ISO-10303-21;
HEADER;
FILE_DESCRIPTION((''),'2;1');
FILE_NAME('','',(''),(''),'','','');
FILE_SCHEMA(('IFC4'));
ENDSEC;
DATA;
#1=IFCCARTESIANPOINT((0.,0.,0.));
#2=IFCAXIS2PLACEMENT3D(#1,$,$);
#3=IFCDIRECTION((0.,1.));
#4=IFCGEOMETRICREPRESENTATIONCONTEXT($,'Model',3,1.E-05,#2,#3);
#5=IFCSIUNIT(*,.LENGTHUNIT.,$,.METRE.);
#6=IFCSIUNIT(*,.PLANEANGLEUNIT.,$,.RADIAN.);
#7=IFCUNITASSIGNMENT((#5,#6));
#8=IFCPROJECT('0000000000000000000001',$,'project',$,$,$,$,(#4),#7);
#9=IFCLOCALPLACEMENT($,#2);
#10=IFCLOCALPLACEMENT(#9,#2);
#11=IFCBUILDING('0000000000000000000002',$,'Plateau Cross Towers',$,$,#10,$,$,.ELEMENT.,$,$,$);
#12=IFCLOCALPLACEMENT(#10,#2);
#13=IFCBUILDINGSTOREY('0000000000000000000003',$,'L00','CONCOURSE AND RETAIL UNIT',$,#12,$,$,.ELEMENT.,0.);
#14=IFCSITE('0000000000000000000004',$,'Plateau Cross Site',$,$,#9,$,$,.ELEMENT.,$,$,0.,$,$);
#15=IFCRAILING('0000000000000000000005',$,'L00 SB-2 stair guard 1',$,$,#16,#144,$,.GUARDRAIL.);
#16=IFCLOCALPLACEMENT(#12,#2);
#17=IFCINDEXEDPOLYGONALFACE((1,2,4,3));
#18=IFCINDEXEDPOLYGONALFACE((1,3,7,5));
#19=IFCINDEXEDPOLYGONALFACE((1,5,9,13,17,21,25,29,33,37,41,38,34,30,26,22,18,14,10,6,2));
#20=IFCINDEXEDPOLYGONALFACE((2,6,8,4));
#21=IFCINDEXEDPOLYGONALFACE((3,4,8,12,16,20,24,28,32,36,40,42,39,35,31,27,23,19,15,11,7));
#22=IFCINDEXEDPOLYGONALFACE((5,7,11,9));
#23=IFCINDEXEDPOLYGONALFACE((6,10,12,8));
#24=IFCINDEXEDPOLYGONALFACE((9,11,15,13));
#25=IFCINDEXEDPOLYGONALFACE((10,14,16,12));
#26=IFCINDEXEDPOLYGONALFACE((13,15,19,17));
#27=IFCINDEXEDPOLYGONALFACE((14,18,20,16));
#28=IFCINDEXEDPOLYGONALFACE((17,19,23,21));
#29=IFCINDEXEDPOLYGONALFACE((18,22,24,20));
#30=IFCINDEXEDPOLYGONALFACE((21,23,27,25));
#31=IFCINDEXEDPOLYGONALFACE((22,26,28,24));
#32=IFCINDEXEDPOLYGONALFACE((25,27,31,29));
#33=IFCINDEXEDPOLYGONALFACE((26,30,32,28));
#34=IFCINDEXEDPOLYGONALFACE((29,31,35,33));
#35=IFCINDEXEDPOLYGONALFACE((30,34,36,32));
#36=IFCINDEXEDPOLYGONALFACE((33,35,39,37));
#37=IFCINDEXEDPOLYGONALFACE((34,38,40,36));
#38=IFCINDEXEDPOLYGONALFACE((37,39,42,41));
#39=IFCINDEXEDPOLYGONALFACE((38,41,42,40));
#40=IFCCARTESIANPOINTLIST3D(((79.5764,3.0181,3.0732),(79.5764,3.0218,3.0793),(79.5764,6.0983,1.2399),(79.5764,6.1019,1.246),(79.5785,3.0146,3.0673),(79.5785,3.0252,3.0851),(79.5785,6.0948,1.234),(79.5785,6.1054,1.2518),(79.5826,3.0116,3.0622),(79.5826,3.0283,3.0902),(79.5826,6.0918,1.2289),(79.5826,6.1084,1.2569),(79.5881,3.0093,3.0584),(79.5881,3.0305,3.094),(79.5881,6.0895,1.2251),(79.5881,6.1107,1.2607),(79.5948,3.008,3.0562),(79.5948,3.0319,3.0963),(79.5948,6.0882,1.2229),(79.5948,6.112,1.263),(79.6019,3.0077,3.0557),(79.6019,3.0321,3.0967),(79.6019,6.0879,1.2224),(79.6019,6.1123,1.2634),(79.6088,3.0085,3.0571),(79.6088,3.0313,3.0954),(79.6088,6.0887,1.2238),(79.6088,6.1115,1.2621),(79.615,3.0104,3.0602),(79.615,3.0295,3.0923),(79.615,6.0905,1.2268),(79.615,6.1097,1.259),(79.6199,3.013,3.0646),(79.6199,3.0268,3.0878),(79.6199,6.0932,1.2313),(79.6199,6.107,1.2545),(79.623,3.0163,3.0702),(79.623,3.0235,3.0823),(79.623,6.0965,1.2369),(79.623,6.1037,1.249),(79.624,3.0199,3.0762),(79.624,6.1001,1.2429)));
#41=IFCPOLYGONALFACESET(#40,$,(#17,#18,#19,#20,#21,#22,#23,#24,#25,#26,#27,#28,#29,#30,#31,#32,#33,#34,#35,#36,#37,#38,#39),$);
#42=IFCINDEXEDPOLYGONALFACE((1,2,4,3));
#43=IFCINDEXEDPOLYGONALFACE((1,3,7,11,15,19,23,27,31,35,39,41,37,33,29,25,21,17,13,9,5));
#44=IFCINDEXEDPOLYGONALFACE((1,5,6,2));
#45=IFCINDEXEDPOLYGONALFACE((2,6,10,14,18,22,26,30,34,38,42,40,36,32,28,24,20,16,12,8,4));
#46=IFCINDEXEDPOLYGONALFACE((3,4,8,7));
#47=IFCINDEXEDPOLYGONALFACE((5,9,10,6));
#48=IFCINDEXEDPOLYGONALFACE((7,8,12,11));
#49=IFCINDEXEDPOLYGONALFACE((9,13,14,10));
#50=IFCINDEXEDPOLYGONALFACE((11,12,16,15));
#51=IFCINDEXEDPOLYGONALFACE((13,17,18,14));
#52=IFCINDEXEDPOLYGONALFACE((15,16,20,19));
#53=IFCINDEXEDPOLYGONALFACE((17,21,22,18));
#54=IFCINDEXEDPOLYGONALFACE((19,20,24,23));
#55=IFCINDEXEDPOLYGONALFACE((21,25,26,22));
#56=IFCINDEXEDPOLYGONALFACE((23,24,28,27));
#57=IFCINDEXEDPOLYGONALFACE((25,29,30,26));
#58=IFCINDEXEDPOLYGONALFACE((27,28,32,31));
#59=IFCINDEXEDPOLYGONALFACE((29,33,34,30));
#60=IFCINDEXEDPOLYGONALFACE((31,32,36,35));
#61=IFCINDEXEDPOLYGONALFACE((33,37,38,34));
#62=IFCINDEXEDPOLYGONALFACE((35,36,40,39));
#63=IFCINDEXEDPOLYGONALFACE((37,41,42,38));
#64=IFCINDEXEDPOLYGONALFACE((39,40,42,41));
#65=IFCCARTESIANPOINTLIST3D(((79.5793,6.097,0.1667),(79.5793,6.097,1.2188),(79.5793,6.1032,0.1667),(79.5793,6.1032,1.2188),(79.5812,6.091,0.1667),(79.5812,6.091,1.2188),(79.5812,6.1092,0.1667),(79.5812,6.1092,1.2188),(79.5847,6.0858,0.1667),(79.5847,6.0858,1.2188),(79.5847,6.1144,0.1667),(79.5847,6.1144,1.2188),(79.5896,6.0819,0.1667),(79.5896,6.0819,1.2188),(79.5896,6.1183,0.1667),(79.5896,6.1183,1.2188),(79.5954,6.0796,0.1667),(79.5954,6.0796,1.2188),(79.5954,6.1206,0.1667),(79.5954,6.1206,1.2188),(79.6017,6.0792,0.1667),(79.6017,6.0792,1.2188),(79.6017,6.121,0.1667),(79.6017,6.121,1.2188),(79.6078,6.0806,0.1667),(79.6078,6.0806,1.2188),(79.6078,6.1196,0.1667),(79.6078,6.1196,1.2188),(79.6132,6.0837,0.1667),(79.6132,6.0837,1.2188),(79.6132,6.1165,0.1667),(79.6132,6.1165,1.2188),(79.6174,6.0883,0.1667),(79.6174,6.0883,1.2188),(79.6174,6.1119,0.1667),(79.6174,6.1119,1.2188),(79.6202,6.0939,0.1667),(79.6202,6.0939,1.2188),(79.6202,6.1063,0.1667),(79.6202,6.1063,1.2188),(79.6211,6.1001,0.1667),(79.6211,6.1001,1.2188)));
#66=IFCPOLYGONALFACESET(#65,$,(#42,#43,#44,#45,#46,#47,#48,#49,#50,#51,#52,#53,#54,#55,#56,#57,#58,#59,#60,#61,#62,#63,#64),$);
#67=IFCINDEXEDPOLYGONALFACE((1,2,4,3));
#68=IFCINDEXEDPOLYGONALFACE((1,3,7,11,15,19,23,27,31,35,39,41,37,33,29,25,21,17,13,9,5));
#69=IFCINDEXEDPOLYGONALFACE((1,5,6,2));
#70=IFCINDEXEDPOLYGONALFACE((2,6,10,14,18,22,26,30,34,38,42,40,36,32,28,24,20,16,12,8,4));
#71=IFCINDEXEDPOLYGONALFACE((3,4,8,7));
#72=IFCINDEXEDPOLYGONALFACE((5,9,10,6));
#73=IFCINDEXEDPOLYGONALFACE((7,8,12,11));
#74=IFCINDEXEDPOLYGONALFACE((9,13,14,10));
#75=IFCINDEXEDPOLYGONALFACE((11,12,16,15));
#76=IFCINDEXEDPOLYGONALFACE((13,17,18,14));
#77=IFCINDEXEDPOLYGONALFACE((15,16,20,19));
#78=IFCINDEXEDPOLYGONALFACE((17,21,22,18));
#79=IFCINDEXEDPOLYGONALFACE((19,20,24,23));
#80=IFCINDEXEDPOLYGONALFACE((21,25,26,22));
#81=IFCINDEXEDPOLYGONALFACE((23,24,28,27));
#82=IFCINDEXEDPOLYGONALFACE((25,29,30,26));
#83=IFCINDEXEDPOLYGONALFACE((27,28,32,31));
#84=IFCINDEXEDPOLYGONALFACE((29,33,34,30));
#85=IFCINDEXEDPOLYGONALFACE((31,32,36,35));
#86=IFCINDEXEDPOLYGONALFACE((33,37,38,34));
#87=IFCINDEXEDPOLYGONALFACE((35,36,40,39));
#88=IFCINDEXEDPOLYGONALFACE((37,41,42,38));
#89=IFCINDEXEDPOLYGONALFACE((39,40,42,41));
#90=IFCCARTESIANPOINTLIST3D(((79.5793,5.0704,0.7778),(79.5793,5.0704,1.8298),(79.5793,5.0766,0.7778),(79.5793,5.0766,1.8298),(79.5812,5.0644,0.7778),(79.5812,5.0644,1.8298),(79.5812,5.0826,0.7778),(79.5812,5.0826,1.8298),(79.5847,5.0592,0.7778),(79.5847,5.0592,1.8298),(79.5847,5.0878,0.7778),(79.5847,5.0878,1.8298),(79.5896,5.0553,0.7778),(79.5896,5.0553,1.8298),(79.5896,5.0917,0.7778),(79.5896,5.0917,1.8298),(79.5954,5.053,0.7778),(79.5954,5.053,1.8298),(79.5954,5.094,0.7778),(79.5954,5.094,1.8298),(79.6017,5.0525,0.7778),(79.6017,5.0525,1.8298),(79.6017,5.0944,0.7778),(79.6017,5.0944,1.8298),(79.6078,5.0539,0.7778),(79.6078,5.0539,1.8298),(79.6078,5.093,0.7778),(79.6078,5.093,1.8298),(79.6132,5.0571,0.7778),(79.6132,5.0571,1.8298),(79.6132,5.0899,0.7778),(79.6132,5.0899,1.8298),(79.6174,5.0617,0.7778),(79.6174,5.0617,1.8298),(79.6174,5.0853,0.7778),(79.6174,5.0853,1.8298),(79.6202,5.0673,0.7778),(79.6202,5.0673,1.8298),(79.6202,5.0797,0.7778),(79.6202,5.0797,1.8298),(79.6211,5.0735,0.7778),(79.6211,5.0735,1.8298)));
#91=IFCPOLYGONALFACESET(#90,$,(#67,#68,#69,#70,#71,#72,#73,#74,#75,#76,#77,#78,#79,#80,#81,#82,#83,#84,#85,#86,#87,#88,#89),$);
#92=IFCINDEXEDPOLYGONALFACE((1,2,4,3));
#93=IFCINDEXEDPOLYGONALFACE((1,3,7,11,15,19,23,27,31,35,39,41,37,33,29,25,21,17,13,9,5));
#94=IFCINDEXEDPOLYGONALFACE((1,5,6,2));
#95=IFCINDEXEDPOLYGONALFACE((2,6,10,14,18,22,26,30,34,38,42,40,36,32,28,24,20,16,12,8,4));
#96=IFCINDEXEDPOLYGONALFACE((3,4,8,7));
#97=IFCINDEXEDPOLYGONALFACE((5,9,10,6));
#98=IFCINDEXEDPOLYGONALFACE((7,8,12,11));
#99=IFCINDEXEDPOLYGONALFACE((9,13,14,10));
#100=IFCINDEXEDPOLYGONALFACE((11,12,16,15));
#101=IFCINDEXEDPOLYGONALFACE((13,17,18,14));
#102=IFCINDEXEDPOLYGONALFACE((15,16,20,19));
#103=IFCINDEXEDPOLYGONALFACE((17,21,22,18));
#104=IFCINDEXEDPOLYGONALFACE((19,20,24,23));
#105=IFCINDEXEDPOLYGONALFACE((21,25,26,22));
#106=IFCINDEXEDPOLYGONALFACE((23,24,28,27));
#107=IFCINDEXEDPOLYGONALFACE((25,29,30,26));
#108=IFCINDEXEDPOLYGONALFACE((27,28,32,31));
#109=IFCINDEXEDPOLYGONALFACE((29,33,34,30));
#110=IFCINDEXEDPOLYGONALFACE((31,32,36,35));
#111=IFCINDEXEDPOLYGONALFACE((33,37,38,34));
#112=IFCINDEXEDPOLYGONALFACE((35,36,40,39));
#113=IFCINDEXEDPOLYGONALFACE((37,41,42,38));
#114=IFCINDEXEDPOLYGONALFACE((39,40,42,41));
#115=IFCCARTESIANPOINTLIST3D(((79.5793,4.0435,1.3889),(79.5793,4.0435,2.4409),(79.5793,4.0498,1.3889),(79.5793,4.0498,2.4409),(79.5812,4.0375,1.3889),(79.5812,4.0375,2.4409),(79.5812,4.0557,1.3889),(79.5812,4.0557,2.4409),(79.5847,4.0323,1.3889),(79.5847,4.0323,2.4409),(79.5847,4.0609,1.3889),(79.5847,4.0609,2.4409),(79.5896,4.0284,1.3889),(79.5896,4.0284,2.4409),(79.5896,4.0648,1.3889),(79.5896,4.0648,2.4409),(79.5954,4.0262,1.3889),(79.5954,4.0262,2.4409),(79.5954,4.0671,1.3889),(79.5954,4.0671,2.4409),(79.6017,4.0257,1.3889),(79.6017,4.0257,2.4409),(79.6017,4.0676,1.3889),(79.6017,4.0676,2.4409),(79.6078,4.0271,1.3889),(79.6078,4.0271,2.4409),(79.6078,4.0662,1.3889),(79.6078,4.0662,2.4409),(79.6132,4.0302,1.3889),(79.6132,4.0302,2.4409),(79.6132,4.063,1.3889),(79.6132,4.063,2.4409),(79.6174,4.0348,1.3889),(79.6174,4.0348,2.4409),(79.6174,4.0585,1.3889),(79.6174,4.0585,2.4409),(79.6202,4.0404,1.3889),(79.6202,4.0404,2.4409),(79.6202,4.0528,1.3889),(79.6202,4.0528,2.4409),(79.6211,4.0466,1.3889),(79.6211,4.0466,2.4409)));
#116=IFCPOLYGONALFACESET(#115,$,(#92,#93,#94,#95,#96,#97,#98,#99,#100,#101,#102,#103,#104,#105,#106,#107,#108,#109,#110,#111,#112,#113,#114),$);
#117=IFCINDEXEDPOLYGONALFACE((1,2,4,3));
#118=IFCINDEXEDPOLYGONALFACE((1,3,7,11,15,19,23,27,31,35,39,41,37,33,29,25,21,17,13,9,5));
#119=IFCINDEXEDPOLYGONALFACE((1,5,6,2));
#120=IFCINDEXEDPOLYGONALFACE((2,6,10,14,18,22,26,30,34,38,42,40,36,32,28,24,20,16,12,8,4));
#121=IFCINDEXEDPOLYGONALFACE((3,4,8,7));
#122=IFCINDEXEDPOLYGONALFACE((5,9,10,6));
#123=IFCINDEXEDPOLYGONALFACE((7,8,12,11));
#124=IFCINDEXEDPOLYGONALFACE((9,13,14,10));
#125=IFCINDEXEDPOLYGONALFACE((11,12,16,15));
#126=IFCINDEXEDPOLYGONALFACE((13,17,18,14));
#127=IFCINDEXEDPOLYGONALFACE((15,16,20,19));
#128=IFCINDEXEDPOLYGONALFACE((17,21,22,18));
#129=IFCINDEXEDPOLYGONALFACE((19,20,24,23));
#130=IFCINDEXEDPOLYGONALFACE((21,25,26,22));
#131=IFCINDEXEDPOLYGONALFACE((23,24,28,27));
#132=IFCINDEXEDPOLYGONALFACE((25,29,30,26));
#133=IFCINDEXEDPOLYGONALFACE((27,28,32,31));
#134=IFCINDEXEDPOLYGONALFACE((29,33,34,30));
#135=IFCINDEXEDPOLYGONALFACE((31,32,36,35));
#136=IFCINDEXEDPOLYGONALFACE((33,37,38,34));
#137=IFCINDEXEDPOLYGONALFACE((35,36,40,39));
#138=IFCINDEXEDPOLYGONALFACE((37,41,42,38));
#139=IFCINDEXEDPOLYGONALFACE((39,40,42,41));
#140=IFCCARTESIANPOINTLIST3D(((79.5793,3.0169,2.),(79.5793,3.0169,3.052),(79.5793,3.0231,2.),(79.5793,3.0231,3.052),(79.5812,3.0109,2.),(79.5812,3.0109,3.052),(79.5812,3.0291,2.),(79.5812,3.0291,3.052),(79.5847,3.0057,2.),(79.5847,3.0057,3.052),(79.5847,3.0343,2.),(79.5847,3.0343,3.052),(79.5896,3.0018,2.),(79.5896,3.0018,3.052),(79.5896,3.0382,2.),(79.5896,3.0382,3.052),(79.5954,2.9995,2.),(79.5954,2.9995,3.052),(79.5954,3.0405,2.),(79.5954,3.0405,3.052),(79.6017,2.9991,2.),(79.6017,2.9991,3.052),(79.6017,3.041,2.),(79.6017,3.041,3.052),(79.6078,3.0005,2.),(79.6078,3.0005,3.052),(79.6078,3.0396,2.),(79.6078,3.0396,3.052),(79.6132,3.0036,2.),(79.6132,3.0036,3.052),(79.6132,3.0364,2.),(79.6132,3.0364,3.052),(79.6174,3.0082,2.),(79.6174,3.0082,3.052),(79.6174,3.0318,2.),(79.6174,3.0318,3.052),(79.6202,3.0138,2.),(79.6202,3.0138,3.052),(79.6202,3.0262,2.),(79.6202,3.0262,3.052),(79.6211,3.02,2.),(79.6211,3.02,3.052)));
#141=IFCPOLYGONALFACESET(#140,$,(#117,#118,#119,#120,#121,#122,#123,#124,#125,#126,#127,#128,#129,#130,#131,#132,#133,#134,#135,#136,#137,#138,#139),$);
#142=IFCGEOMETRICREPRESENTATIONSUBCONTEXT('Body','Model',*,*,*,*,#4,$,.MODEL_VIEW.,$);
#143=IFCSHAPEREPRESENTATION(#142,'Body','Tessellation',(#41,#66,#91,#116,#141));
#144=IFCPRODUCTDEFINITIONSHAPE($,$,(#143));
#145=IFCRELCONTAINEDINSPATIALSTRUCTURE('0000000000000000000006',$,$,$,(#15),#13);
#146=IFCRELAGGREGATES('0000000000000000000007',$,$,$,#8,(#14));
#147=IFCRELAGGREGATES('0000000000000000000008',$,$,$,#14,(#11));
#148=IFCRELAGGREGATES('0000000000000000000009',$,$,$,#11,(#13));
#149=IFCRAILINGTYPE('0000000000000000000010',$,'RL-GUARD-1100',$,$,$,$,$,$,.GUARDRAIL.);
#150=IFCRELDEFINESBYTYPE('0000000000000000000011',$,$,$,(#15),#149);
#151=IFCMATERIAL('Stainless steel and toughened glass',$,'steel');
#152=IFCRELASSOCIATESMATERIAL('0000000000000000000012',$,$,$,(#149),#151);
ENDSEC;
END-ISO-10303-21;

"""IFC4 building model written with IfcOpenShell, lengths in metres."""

from ifc_helpers import new_model, si_unit, direction, frame, origin, origin_2d, place, context, subcontext, project, spatial, circle, extrude, material, type_object, element, save


model = new_model("IFC4")

# Units and contexts
model_context = context("Model", 3, precision=1e-05, world=origin(), true_north=direction((0.0, 1.0)))
body_context = subcontext(model_context, "Body", "Model", "MODEL_VIEW")
ifc_project = project(units=[si_unit("LENGTHUNIT", "METRE"), si_unit("PLANEANGLEUNIT", "RADIAN")], contexts=[model_context])

# Site, building, storey
site_placement = place(None, origin())
site = spatial("IfcSite", under=ifc_project, at=site_placement, Name="Plateau Cross Site", CompositionType="ELEMENT", RefElevation=0.0)
building_placement = place(site_placement, origin())
building = spatial("IfcBuilding", under=site, at=building_placement, Name="Plateau Cross Towers", CompositionType="ELEMENT")
storey_placement = place(building_placement, origin())
storey = spatial("IfcBuildingStorey", under=building, at=storey_placement, Name="L00", Description="CONCOURSE AND RETAIL UNIT", CompositionType="ELEMENT", Elevation=0.0)

# Railing
ifc_material_1 = material(Name="Stainless steel and toughened glass", Category="steel")
railing_type_1 = type_object("IfcRailingType", Name="RL-GUARD-1100", PredefinedType="GUARDRAIL", material=ifc_material_1)
railing_1_placement = place(storey_placement, frame((79.6001, 6.1001, 0.1667)))
element("IfcRailing", 1, at=railing_1_placement, inside=storey, type_object=railing_type_1, Name="L00 SB-2 stair guard 1", PredefinedType="GUARDRAIL", context=body_context, shape_type="SweptSolid", body=[
    extrude(circle(Radius=0.0239, at=origin_2d()), frame((0.0, 0.0, 1.0762), z_axis=(0.0, -0.859309, 0.511458), x_axis=(1.0, 0.0, 0.0)), (0.0, 0.0, 1.0), 3.5845),
    extrude(circle(Radius=0.021, at=origin_2d()), origin(), (0.0, 0.0, 1.0), 1.052),
    extrude(circle(Radius=0.021, at=origin_2d()), frame((0.0, -1.0266, 0.6111)), (0.0, 0.0, 1.0), 1.052),
    extrude(circle(Radius=0.021, at=origin_2d()), frame((0.0, -2.0535, 1.2222)), (0.0, 0.0, 1.0), 1.052),
    extrude(circle(Radius=0.021, at=origin_2d()), frame((0.0, -3.0801, 1.8333)), (0.0, 0.0, 1.0), 1.052),
])

save(model, "model.ifc")
